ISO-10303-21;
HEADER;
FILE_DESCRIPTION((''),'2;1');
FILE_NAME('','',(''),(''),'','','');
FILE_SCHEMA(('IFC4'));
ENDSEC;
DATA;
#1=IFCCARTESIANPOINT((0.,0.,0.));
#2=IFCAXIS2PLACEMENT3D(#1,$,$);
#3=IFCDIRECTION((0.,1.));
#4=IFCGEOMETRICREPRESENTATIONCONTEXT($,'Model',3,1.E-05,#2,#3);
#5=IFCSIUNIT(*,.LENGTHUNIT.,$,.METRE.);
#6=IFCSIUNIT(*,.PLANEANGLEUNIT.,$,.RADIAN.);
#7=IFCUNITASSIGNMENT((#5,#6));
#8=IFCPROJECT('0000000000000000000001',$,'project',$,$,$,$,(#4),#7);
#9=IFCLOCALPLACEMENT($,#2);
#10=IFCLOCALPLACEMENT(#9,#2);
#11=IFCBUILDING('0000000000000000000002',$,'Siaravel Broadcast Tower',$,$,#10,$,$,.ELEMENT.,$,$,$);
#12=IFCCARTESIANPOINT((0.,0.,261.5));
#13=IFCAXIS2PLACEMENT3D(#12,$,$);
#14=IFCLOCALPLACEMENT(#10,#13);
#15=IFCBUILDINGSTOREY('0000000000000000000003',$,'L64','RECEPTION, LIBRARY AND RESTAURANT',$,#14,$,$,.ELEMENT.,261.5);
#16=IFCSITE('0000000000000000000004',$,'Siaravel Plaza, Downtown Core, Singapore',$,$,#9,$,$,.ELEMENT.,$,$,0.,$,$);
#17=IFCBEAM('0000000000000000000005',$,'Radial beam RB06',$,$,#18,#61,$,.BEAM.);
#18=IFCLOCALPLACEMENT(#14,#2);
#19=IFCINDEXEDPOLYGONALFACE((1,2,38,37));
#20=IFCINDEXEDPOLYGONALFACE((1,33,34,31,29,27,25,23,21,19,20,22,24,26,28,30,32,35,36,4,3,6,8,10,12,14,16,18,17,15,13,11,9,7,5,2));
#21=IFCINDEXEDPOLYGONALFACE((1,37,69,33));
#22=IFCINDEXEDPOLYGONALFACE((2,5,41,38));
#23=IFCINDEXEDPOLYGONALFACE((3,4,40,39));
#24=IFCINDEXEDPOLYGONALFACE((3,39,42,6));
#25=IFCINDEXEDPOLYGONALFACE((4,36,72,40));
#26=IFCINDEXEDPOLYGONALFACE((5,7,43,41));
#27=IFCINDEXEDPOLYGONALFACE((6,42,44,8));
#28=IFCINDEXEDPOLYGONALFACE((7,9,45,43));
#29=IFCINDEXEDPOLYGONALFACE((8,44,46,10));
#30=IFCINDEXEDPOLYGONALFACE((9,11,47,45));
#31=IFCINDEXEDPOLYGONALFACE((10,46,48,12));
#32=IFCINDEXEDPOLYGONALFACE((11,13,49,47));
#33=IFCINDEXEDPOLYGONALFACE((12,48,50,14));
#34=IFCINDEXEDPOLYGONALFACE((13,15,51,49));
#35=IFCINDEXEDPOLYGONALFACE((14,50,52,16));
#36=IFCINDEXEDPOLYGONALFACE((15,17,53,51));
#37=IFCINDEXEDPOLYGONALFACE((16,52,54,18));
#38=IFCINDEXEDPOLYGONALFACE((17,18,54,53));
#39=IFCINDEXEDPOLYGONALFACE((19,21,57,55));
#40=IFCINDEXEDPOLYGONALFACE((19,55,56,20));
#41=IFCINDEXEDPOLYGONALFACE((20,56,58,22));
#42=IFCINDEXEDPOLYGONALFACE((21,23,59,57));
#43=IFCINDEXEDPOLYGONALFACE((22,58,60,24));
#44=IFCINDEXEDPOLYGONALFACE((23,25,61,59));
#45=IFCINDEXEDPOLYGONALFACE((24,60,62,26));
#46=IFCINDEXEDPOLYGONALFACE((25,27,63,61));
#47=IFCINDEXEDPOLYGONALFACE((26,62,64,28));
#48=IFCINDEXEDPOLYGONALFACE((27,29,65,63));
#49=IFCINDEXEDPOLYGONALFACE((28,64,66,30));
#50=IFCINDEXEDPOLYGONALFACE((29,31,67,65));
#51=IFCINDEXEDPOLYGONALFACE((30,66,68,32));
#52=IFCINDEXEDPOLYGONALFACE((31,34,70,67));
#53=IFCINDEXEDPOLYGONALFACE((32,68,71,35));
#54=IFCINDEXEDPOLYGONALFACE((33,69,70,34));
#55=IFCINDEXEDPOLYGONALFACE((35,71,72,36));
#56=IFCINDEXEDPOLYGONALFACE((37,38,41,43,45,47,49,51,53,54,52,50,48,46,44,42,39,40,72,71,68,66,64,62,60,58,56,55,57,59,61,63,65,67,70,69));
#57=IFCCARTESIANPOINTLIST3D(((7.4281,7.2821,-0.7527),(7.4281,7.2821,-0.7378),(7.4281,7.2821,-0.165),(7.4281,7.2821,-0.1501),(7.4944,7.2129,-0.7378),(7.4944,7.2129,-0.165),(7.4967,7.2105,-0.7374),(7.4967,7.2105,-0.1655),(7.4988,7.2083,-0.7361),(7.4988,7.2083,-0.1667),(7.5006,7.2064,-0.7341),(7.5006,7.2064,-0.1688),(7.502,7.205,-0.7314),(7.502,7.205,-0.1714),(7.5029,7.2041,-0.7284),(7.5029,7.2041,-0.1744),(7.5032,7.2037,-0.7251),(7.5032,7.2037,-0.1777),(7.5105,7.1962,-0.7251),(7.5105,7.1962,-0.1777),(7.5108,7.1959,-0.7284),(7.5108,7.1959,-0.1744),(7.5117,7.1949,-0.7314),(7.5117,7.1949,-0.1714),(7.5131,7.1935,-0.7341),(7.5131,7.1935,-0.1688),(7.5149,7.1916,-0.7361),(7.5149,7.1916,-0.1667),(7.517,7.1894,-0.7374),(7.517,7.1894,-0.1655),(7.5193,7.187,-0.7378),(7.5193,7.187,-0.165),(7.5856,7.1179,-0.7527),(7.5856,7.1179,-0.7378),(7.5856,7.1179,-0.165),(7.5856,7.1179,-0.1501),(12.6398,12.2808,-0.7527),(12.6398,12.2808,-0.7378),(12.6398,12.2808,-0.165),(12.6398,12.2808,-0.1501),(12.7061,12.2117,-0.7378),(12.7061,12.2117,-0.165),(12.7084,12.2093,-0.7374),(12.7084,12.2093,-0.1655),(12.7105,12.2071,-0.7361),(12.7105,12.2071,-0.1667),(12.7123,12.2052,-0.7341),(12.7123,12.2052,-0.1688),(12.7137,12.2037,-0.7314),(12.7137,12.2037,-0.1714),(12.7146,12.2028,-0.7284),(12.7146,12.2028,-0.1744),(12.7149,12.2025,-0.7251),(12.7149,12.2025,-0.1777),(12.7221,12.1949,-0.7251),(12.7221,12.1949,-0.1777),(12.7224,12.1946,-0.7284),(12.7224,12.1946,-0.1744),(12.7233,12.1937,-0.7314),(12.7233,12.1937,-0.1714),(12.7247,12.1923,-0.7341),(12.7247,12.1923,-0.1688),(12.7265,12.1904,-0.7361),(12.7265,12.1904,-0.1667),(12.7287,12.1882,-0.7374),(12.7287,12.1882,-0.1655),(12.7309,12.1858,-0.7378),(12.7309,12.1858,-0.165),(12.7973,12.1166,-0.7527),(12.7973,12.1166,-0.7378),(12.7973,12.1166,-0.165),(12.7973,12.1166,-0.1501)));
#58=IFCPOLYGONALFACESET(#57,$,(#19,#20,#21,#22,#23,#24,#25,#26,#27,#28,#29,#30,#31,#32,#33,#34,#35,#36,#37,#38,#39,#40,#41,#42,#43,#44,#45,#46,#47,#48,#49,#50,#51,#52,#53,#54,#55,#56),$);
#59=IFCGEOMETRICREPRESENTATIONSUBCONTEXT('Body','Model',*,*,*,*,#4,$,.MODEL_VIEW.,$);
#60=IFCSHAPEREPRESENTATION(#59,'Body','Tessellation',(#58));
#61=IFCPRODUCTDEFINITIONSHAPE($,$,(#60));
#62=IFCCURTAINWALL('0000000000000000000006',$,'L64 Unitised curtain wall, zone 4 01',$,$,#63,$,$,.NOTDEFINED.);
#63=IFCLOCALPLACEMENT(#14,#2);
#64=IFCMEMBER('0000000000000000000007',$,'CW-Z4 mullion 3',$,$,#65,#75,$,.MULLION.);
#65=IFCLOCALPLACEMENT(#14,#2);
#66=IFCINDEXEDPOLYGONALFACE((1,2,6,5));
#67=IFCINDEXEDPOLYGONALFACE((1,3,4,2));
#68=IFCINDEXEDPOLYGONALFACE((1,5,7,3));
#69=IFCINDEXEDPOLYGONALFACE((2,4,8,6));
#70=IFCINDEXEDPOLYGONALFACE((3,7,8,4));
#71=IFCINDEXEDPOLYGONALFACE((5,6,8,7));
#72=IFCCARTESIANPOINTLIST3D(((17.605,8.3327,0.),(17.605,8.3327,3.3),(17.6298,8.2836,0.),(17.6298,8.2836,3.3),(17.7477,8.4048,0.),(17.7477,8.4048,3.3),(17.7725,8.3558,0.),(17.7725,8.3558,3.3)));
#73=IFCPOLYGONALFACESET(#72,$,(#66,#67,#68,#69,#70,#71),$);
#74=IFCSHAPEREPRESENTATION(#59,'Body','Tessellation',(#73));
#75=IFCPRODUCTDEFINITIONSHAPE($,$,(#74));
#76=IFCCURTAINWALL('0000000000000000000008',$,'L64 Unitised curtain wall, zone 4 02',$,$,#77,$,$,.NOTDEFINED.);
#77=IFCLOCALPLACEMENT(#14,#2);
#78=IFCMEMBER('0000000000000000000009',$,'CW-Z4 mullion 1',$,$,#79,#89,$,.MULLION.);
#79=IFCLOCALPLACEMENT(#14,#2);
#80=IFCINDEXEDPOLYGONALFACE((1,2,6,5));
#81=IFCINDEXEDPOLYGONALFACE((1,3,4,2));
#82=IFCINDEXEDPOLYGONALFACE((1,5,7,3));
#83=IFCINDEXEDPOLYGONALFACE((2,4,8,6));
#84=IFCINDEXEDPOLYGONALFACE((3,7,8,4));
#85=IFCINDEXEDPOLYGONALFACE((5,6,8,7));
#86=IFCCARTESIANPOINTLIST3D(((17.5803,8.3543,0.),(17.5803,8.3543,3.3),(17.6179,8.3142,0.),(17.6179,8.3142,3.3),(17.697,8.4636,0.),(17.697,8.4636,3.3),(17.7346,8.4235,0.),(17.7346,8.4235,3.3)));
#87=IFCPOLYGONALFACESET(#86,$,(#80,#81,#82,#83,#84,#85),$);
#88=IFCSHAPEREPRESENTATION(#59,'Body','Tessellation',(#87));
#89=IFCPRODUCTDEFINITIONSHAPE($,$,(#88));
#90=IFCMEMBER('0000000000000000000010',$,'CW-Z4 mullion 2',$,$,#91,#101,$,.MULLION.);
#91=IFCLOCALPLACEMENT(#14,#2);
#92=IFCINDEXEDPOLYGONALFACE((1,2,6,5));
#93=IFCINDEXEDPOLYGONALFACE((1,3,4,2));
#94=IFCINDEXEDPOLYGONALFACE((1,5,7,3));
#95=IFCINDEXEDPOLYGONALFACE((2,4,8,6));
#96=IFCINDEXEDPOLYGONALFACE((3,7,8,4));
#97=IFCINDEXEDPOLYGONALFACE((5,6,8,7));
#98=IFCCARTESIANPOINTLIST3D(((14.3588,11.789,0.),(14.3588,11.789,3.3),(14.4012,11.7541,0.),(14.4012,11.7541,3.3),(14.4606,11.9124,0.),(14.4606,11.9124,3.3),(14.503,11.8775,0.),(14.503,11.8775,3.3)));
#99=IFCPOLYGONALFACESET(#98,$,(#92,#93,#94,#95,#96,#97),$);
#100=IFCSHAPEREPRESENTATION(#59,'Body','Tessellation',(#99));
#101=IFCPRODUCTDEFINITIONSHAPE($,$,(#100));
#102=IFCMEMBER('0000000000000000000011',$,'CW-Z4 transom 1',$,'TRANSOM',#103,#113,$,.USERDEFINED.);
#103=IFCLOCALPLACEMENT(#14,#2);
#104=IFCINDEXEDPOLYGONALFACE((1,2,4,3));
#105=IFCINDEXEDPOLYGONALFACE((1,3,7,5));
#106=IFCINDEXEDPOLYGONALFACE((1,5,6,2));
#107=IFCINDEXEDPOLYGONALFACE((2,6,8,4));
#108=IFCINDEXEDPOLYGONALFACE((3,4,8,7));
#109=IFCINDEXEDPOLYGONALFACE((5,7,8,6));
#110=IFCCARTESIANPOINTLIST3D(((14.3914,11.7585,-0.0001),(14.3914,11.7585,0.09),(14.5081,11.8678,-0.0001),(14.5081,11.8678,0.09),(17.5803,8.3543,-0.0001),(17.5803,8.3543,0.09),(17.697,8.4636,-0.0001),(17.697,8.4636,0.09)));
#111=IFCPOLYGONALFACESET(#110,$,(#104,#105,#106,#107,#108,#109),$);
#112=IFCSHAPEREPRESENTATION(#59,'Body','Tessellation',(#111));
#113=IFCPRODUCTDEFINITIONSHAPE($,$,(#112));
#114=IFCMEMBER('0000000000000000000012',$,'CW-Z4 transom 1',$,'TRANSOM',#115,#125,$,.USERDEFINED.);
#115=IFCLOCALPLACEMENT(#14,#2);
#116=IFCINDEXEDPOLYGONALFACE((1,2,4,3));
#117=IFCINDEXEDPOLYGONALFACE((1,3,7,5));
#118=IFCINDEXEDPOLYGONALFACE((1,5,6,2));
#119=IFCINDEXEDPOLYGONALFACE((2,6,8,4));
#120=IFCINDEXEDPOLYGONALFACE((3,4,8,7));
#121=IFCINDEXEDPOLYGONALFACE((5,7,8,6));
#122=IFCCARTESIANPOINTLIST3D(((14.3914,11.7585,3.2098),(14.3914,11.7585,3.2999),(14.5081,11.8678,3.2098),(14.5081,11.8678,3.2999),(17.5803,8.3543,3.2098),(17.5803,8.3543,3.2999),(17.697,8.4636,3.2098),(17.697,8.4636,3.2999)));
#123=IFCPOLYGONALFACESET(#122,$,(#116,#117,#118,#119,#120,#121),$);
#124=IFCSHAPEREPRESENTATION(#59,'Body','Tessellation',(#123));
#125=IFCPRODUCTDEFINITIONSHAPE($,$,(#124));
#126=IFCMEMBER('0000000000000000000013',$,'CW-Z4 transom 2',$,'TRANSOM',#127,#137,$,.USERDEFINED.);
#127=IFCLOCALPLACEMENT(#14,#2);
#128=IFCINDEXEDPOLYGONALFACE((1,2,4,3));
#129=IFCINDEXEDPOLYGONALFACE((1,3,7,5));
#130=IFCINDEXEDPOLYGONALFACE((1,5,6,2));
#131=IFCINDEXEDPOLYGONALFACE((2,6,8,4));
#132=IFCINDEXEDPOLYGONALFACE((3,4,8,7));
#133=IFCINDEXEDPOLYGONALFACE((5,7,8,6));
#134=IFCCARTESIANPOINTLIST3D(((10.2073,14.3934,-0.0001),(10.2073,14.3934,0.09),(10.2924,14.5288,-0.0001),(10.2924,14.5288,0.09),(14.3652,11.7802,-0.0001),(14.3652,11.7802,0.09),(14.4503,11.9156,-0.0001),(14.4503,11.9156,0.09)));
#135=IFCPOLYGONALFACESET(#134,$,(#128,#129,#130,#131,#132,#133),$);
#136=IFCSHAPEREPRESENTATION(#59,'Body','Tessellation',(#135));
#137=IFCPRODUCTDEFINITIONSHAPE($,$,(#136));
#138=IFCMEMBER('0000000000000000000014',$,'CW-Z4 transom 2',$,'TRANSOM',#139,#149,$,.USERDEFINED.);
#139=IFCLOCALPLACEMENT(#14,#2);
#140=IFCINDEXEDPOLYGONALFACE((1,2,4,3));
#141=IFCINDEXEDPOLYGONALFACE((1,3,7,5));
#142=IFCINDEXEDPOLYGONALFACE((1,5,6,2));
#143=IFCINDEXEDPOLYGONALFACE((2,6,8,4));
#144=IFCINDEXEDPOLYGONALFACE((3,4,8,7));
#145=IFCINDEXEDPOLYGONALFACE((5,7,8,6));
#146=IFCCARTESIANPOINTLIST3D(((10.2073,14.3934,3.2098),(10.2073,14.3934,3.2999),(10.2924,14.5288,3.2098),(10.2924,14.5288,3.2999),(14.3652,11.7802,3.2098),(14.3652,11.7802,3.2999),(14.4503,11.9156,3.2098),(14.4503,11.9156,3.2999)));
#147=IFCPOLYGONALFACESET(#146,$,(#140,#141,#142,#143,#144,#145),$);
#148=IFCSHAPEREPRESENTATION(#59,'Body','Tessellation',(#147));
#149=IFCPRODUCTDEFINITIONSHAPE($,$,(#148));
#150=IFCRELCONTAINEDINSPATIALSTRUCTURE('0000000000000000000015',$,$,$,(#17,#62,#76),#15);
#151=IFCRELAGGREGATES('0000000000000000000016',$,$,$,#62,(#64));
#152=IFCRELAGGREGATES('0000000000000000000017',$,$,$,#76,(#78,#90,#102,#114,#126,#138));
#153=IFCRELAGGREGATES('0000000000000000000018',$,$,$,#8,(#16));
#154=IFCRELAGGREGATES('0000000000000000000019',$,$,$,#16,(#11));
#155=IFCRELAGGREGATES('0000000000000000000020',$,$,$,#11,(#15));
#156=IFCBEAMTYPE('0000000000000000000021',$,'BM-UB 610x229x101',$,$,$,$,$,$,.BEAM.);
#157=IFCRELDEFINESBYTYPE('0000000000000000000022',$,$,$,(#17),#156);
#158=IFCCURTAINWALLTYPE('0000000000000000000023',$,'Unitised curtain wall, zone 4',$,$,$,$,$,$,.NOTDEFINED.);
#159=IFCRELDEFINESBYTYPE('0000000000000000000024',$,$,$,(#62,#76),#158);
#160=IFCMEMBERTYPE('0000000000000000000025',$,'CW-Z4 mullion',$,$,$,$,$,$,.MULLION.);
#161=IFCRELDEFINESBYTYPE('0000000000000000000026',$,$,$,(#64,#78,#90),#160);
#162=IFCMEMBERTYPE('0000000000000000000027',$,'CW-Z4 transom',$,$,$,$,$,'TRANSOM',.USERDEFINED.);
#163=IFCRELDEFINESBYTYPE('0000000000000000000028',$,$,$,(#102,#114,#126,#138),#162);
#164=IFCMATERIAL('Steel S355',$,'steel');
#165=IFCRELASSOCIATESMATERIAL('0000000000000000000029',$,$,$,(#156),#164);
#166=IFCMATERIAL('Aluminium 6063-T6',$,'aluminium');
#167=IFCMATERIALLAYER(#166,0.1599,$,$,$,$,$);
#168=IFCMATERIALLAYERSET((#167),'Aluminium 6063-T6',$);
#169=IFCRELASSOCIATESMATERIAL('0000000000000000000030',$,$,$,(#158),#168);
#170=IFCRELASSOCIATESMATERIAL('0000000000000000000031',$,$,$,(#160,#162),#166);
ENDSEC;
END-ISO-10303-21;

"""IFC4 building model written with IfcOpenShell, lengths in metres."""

from ifc_helpers import new_model, si_unit, direction, frame, origin, origin_2d, place, context, subcontext, project, spatial, rectangle, i_section, extrude, material, layer, layer_set, material_profile, profile_set, type_object, element, aggregate, save


model = new_model("IFC4")

# Units and contexts
model_context = context("Model", 3, precision=1e-05, world=origin(), true_north=direction((0.0, 1.0)))
body_context = subcontext(model_context, "Body", "Model", "MODEL_VIEW")
ifc_project = project(units=[si_unit("LENGTHUNIT", "METRE"), si_unit("PLANEANGLEUNIT", "RADIAN")], contexts=[model_context])

# Site, building, storey
site_placement = place(None, origin())
site = spatial("IfcSite", under=ifc_project, at=site_placement, Name="Siaravel Plaza, Downtown Core, Singapore", CompositionType="ELEMENT", RefElevation=0.0)
building_placement = place(site_placement, origin())
building = spatial("IfcBuilding", under=site, at=building_placement, Name="Siaravel Broadcast Tower", CompositionType="ELEMENT")
storey_placement = place(building_placement, frame((0.0, 0.0, 261.5)))
storey = spatial("IfcBuildingStorey", under=building, at=storey_placement, Name="L64", Description="RECEPTION, LIBRARY AND RESTAURANT", CompositionType="ELEMENT", Elevation=261.5)

# Beam
ifc_material_1 = material(Name="Steel S355", Category="steel")
ifc_material_profile_1 = material_profile(ifc_material_1, i_section(OverallWidth=0.2275, OverallDepth=0.6025, WebThickness=0.0105, FlangeThickness=0.0149, FilletRadius=0.0127, at=origin_2d()))
ifc_profile_set_1 = profile_set([ifc_material_profile_1], Name="Steel S355")
beam_type = type_object("IfcBeamType", Name="BM-UB 610x229x101", PredefinedType="BEAM", material=ifc_profile_set_1)
beam_1_placement = place(storey_placement, frame((12.7185, 12.1987, -0.4514), z_axis=(-0.721693, -0.692213, 0.0), x_axis=(0.692213, -0.721693, 0.0)))
element("IfcBeam", 1, at=beam_1_placement, inside=storey, type_object=beam_type, Name="Radial beam RB06", PredefinedType="BEAM", context=body_context, shape_type="SweptSolid", body=[
    extrude(i_section(OverallWidth=0.2275, OverallDepth=0.6025, WebThickness=0.0105, FlangeThickness=0.0149, FilletRadius=0.0127, at=origin_2d()), origin(), (0.0, 0.0, 1.0), 7.2214),
])

# Curtain wall, member
ifc_material_2 = material(Name="Aluminium 6063-T6", Category="aluminium")
ifc_layer_1 = layer(ifc_material_2, 0.1599)
ifc_layer_set_1 = layer_set([ifc_layer_1], Name="Aluminium 6063-T6")
curtain_wall_type = type_object("IfcCurtainWallType", Name="Unitised curtain wall, zone 4", PredefinedType="NOTDEFINED", material=ifc_layer_set_1)
curtain_wall_1_placement = place(storey_placement, origin())
curtain_wall_1 = element("IfcCurtainWall", 2, at=curtain_wall_1_placement, inside=storey, type_object=curtain_wall_type, Name="L64 Unitised curtain wall, zone 4 01", PredefinedType="NOTDEFINED")
ifc_material_profile_2 = material_profile(ifc_material_2, rectangle(XDim=0.1599, YDim=0.0549, at=origin_2d()))
ifc_profile_set_2 = profile_set([ifc_material_profile_2], Name="Aluminium 6063-T6")
member_type_1 = type_object("IfcMemberType", Name="CW-Z4 mullion", PredefinedType="MULLION", material=ifc_profile_set_2)
member_1_placement = place(storey_placement, frame((17.6887, 8.3442, 0.0), z_axis=(0.0, 0.0, 1.0), x_axis=(-0.892393, -0.451259, 0.0)))
member_1 = element("IfcMember", 3, at=member_1_placement, type_object=member_type_1, Name="CW-Z4 mullion 3", PredefinedType="MULLION", context=body_context, shape_type="SweptSolid", body=[
    extrude(rectangle(XDim=0.1599, YDim=0.0549, at=origin_2d()), origin(), (0.0, 0.0, 1.0), 3.3),
])
aggregate(curtain_wall_1, [member_1])

# Curtain wall, members
curtain_wall_2_placement = place(storey_placement, origin())
curtain_wall_2 = element("IfcCurtainWall", 4, at=curtain_wall_2_placement, inside=storey, type_object=curtain_wall_type, Name="L64 Unitised curtain wall, zone 4 02", PredefinedType="NOTDEFINED")
member_2_placement = place(storey_placement, frame((17.6575, 8.3889, 0.0), z_axis=(0.0, 0.0, 1.0), x_axis=(-0.729807, -0.683653, 0.0)))
member_2 = element("IfcMember", 5, at=member_2_placement, type_object=member_type_1, Name="CW-Z4 mullion 1", PredefinedType="MULLION", context=body_context, shape_type="SweptSolid", body=[
    extrude(rectangle(XDim=0.1599, YDim=0.0549, at=origin_2d()), origin(), (0.0, 0.0, 1.0), 3.3),
])
member_3_placement = place(storey_placement, frame((14.4309, 11.8333, 0.0), z_axis=(0.0, 0.0, 1.0), x_axis=(-0.63622, -0.771508, 0.0)))
member_3 = element("IfcMember", 6, at=member_3_placement, type_object=member_type_1, Name="CW-Z4 mullion 2", PredefinedType="MULLION", context=body_context, shape_type="SweptSolid", body=[
    extrude(rectangle(XDim=0.1599, YDim=0.0549, at=origin_2d()), origin(), (0.0, 0.0, 1.0), 3.3),
])
ifc_material_profile_3 = material_profile(ifc_material_2, rectangle(XDim=0.1599, YDim=0.0901, at=origin_2d()))
ifc_profile_set_3 = profile_set([ifc_material_profile_3], Name="Aluminium 6063-T6")
member_type_2 = type_object("IfcMemberType", Name="CW-Z4 transom", ElementType="TRANSOM", PredefinedType="USERDEFINED", material=ifc_profile_set_3)
member_4_placement = place(storey_placement, frame((17.6387, 8.4089, 0.0449), z_axis=(-0.683649, 0.729811, 0.0), x_axis=(-0.729811, -0.683649, 0.0)))
member_4 = element("IfcMember", 7, at=member_4_placement, type_object=member_type_2, Name="CW-Z4 transom 1", ObjectType="TRANSOM", PredefinedType="USERDEFINED", context=body_context, shape_type="SweptSolid", body=[
    extrude(rectangle(XDim=0.1599, YDim=0.0901, at=origin_2d()), origin(), (0.0, 0.0, 1.0), 4.6646),
])
member_5_placement = place(storey_placement, frame((17.6387, 8.4089, 3.2549), z_axis=(-0.683649, 0.729811, 0.0), x_axis=(-0.729811, -0.683649, 0.0)))
member_5 = element("IfcMember", 8, at=member_5_placement, type_object=member_type_2, Name="CW-Z4 transom 1", ObjectType="TRANSOM", PredefinedType="USERDEFINED", context=body_context, shape_type="SweptSolid", body=[
    extrude(rectangle(XDim=0.1599, YDim=0.0901, at=origin_2d()), origin(), (0.0, 0.0, 1.0), 4.6646),
])
member_6_placement = place(storey_placement, frame((14.4077, 11.8479, 0.0449), z_axis=(-0.846663, 0.532129, 0.0), x_axis=(-0.532129, -0.846663, 0.0)))
member_6 = element("IfcMember", 9, at=member_6_placement, type_object=member_type_2, Name="CW-Z4 transom 2", ObjectType="TRANSOM", PredefinedType="USERDEFINED", context=body_context, shape_type="SweptSolid", body=[
    extrude(rectangle(XDim=0.1599, YDim=0.0901, at=origin_2d()), origin(), (0.0, 0.0, 1.0), 4.9109),
])
member_7_placement = place(storey_placement, frame((14.4077, 11.8479, 3.2549), z_axis=(-0.846663, 0.532129, 0.0), x_axis=(-0.532129, -0.846663, 0.0)))
member_7 = element("IfcMember", 10, at=member_7_placement, type_object=member_type_2, Name="CW-Z4 transom 2", ObjectType="TRANSOM", PredefinedType="USERDEFINED", context=body_context, shape_type="SweptSolid", body=[
    extrude(rectangle(XDim=0.1599, YDim=0.0901, at=origin_2d()), origin(), (0.0, 0.0, 1.0), 4.9109),
])

aggregate(curtain_wall_2, [member_2, member_3, member_4, member_5, member_6, member_7])

save(model, "model.ifc")
